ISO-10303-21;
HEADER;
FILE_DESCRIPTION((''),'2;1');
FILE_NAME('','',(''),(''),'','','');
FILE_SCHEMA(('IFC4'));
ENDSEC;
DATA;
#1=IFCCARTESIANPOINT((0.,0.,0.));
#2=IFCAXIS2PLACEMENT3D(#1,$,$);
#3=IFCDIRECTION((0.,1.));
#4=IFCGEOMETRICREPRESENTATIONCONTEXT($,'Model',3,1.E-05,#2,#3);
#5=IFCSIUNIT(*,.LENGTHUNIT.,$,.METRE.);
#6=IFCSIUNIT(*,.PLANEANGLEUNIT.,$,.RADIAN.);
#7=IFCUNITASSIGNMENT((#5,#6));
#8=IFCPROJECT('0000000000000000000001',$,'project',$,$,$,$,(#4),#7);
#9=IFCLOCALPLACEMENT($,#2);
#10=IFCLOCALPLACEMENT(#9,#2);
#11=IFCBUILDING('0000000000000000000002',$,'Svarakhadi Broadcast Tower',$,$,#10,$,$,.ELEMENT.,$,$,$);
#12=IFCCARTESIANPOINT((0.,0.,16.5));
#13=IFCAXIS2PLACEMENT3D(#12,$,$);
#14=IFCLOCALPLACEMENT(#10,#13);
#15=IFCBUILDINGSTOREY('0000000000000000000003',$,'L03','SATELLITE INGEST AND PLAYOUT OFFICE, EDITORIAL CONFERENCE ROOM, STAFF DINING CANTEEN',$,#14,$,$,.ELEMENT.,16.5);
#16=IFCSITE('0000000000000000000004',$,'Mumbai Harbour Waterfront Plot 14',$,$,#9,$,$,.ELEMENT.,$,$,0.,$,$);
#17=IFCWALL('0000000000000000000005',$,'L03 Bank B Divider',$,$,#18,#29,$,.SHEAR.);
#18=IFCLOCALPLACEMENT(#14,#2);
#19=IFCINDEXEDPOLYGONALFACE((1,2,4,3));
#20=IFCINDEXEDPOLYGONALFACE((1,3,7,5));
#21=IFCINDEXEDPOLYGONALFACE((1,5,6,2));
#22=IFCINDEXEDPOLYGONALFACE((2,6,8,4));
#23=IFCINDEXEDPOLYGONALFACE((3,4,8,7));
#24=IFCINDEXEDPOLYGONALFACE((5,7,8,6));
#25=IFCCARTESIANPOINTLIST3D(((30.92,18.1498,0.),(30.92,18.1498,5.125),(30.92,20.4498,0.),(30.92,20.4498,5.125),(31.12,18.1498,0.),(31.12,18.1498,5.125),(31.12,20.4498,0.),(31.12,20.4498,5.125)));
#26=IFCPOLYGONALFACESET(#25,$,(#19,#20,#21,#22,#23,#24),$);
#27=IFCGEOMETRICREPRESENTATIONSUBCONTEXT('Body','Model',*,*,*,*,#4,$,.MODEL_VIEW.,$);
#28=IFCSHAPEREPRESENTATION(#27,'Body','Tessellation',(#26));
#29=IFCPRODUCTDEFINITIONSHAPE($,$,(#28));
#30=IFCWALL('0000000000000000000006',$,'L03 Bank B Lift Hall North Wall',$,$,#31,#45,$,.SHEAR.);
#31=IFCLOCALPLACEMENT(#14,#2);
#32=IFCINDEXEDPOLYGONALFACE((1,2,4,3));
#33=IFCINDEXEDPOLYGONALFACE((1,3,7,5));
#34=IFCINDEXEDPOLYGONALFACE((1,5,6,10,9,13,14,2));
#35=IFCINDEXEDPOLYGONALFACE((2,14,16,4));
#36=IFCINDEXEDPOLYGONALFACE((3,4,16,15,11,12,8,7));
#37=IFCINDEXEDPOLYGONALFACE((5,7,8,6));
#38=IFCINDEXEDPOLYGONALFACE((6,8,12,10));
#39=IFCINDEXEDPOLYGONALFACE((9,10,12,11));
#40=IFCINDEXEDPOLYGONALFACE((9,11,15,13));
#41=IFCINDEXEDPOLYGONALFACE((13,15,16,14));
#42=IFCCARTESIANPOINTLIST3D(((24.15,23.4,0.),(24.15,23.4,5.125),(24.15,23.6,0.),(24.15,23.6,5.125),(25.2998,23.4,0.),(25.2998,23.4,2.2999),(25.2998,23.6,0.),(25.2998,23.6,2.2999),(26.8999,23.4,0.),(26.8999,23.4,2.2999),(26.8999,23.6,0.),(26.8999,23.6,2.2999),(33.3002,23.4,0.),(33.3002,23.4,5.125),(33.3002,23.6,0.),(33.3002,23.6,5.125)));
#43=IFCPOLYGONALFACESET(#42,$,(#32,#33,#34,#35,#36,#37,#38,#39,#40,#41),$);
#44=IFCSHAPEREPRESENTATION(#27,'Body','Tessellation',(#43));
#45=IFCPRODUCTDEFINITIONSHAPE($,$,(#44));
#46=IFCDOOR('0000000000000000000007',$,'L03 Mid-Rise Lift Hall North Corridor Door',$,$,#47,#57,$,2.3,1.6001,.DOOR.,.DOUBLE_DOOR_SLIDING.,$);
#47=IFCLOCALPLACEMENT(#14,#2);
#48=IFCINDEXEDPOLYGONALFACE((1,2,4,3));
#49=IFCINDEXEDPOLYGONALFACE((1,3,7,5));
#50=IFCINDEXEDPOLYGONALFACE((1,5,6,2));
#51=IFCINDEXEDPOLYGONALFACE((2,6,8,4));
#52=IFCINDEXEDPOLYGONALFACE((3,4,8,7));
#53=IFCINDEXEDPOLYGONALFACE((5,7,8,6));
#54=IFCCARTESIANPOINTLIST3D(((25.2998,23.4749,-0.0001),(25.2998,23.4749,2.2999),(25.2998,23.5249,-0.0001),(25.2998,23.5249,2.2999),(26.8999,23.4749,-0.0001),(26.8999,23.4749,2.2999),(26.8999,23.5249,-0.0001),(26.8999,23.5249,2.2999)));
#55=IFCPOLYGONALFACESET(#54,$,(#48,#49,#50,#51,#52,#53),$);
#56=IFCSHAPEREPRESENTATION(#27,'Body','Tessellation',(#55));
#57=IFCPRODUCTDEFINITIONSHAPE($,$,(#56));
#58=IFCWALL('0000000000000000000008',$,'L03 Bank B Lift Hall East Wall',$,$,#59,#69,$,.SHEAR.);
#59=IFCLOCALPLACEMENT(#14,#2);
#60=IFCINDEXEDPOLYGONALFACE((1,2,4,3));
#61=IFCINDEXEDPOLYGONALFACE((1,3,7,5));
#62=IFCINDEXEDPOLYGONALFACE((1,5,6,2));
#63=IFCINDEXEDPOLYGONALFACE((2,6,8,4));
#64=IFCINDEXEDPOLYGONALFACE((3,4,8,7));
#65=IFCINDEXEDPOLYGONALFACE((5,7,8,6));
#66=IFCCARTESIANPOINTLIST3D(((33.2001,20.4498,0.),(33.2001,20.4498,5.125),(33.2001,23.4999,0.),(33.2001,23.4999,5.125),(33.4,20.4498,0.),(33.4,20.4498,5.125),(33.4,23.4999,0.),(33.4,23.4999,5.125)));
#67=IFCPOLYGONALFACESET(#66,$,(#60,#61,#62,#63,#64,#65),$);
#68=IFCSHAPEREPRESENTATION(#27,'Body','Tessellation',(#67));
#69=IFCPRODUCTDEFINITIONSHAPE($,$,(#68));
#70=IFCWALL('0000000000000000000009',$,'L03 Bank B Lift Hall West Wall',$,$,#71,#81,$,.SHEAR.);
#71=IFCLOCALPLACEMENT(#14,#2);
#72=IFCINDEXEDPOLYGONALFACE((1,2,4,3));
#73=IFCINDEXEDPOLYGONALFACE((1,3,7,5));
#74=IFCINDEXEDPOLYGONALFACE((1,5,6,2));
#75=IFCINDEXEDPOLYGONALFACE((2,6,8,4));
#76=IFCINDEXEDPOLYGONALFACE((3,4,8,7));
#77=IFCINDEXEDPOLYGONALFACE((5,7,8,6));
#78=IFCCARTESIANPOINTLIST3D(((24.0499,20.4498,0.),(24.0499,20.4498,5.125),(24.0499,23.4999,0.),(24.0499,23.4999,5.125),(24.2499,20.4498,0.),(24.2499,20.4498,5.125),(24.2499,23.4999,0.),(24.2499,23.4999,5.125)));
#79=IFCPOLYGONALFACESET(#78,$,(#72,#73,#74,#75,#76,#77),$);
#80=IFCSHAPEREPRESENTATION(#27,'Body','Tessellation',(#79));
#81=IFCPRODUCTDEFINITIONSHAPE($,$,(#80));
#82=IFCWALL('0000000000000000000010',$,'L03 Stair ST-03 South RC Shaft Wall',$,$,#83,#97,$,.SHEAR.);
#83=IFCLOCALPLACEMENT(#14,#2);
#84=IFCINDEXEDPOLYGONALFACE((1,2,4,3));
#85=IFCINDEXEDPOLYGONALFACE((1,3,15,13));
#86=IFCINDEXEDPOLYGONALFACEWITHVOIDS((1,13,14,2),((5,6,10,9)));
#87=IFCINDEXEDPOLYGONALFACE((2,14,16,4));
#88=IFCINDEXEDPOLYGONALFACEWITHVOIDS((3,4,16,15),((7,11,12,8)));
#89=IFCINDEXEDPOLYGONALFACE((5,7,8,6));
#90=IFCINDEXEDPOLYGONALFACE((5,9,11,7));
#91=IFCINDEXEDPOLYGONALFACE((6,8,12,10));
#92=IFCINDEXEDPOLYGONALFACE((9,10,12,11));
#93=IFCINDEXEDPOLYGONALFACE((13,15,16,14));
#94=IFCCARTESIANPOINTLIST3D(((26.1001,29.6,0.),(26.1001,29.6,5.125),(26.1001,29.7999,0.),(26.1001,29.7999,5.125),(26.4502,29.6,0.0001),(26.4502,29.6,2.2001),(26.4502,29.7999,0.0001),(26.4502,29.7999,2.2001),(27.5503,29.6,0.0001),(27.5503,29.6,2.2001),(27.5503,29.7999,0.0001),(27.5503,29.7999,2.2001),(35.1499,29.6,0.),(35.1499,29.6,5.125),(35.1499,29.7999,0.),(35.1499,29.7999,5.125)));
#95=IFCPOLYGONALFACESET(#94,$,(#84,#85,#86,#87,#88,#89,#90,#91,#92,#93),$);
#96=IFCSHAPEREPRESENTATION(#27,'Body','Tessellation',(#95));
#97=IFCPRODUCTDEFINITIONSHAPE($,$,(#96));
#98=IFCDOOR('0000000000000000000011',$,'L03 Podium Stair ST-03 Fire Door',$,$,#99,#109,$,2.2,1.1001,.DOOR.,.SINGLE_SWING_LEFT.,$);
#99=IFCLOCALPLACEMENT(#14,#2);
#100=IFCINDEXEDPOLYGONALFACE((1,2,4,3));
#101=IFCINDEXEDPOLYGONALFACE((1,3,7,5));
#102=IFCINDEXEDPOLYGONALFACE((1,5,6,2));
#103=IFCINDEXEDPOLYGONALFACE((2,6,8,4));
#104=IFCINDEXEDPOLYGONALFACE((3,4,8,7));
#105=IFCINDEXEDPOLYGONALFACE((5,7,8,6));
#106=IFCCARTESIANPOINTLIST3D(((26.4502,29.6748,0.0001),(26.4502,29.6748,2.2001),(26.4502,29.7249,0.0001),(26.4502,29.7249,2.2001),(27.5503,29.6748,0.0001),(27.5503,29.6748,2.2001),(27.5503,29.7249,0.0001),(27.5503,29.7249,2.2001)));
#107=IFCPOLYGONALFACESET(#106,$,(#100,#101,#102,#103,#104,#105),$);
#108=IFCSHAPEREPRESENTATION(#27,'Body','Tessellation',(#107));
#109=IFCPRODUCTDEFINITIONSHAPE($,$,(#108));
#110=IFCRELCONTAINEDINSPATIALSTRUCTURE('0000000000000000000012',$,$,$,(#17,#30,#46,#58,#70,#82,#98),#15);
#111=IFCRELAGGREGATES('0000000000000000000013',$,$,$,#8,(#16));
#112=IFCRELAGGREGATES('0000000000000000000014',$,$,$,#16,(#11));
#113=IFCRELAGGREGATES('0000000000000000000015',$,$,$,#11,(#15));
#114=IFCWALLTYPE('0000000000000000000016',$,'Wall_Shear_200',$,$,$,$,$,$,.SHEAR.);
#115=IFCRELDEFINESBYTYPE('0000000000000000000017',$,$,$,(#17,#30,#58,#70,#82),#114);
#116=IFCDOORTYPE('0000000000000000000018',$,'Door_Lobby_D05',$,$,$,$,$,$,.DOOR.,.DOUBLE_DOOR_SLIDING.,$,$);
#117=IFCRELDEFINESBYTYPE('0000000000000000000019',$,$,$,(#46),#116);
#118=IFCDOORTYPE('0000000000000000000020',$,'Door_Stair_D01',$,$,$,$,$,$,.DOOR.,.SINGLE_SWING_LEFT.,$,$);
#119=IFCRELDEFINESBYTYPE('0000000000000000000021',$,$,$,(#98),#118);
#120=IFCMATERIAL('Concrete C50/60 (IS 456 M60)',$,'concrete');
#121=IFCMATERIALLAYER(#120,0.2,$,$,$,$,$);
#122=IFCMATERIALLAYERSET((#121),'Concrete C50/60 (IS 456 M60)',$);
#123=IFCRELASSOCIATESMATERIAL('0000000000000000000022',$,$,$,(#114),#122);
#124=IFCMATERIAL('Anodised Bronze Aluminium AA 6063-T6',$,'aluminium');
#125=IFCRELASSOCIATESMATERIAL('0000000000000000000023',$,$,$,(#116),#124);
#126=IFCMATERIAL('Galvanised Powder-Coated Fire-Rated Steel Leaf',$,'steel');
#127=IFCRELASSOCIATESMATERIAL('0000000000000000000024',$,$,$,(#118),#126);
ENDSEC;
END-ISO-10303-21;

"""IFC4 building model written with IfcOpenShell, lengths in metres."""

from ifc_helpers import new_model, si_unit, direction, frame, frame_2d, origin, place, context, subcontext, project, spatial, rectangle, extrude, material, layer, layer_set, type_object, element, fill, save


model = new_model("IFC4")

# Units and contexts
model_context = context("Model", 3, precision=1e-05, world=origin(), true_north=direction((0.0, 1.0)))
body_context = subcontext(model_context, "Body", "Model", "MODEL_VIEW")
ifc_project = project(units=[si_unit("LENGTHUNIT", "METRE"), si_unit("PLANEANGLEUNIT", "RADIAN")], contexts=[model_context])

# Site, building, storey
site_placement = place(None, origin())
site = spatial("IfcSite", under=ifc_project, at=site_placement, Name="Mumbai Harbour Waterfront Plot 14", CompositionType="ELEMENT", RefElevation=0.0)
building_placement = place(site_placement, origin())
building = spatial("IfcBuilding", under=site, at=building_placement, Name="Svarakhadi Broadcast Tower", CompositionType="ELEMENT")
storey_placement = place(building_placement, frame((0.0, 0.0, 16.5)))
storey = spatial("IfcBuildingStorey", under=building, at=storey_placement, Name="L03", Description="SATELLITE INGEST AND PLAYOUT OFFICE, EDITORIAL CONFERENCE ROOM, STAFF DINING CANTEEN", CompositionType="ELEMENT", Elevation=16.5)

# Wall
ifc_material_1 = material(Name="Concrete C50/60 (IS 456 M60)", Category="concrete")
ifc_layer_1 = layer(ifc_material_1, 0.2)
ifc_layer_set_1 = layer_set([ifc_layer_1], Name="Concrete C50/60 (IS 456 M60)")
wall_type_1 = type_object("IfcWallType", Name="Wall_Shear_200", PredefinedType="SHEAR", material=ifc_layer_set_1)
for number, where, z_axis, x_axis, name in (
    (1, (31.02, 18.1499, 0.0), (0.0, 0.0, 1.0), (0.0, 1.0, 0.0), "L03 Bank B Divider"),
):
    element("IfcWall", number, at=place(storey_placement, frame(where, z_axis=z_axis, x_axis=x_axis)), inside=storey, type_object=wall_type_1, Name=name, PredefinedType="SHEAR", context=body_context, shape_type="SweptSolid", body=[
        extrude(rectangle(XDim=2.3, YDim=0.2, at=frame_2d((1.1499, 0.0))), origin(), (0.0, 0.0, 1.0), 5.125),
    ])

# Wall, opening, door
wall_1_placement = place(storey_placement, frame((24.1499, 23.5, 0.0), z_axis=(0.0, 0.0, 1.0), x_axis=(1.0, 0.0, 0.0)))
wall_1 = element("IfcWall", 2, at=wall_1_placement, inside=storey, type_object=wall_type_1, Name="L03 Bank B Lift Hall North Wall", PredefinedType="SHEAR", context=body_context, shape_type="SweptSolid", body=[
    extrude(rectangle(XDim=9.1501, YDim=0.2, at=frame_2d((4.5752, 0.0))), origin(), (0.0, 0.0, 1.0), 5.125),
])
opening_1_placement = place(wall_1_placement, frame((1.1499, 0.0, 0.0)))
opening_1 = element("IfcOpeningElement", 3, at=opening_1_placement, cuts=wall_1, PredefinedType="OPENING", context=body_context, shape_type="SweptSolid", body=[
    extrude(rectangle(XDim=1.6001, YDim=2.3, at=frame_2d((0.8, 1.1499))), frame((0.0, 0.1099, 0.0), z_axis=(0.0, -1.0, 0.0), x_axis=(1.0, 0.0, 0.0)), (0.0, 0.0, 1.0), 0.22),
])
ifc_material_2 = material(Name="Anodised Bronze Aluminium AA 6063-T6", Category="aluminium")
door_type_1 = type_object("IfcDoorType", Name="Door_Lobby_D05", OperationType="DOUBLE_DOOR_SLIDING", PredefinedType="DOOR", material=ifc_material_2)
door_1_placement = place(opening_1_placement, origin())
door_1 = element("IfcDoor", 4, at=door_1_placement, inside=storey, type_object=door_type_1, Name="L03 Mid-Rise Lift Hall North Corridor Door", OperationType="DOUBLE_DOOR_SLIDING", OverallHeight=2.3, OverallWidth=1.6001, PredefinedType="DOOR", context=body_context, shape_type="SweptSolid", body=[
    extrude(rectangle(XDim=1.6001, YDim=2.3, at=frame_2d((0.8, 1.1499))), frame((0.0, 0.0249, 0.0), z_axis=(0.0, -1.0, 0.0), x_axis=(1.0, 0.0, 0.0)), (0.0, 0.0, 1.0), 0.05),
])
fill(opening_1, door_1)

# Walls
for number, where, z_axis, x_axis, name in (
    (5, (33.3, 20.45, 0.0), (0.0, 0.0, 1.0), (0.0, 1.0, 0.0), "L03 Bank B Lift Hall East Wall"),
    (6, (24.1499, 20.45, 0.0), (0.0, 0.0, 1.0), (0.0, 1.0, 0.0), "L03 Bank B Lift Hall West Wall"),
):
    element("IfcWall", number, at=place(storey_placement, frame(where, z_axis=z_axis, x_axis=x_axis)), inside=storey, type_object=wall_type_1, Name=name, PredefinedType="SHEAR", context=body_context, shape_type="SweptSolid", body=[
        extrude(rectangle(XDim=3.05, YDim=0.2, at=frame_2d((1.5249, 0.0))), origin(), (0.0, 0.0, 1.0), 5.125),
    ])

# Wall, opening, door
wall_2_placement = place(storey_placement, frame((26.1001, 29.7, 0.0), z_axis=(0.0, 0.0, 1.0), x_axis=(1.0, 0.0, 0.0)))
wall_2 = element("IfcWall", 7, at=wall_2_placement, inside=storey, type_object=wall_type_1, Name="L03 Stair ST-03 South RC Shaft Wall", PredefinedType="SHEAR", context=body_context, shape_type="SweptSolid", body=[
    extrude(rectangle(XDim=9.0498, YDim=0.2, at=frame_2d((4.5249, 0.0))), origin(), (0.0, 0.0, 1.0), 5.125),
])
opening_2_placement = place(wall_2_placement, frame((0.3501, 0.0, 0.0)))
opening_2 = element("IfcOpeningElement", 8, at=opening_2_placement, cuts=wall_2, PredefinedType="OPENING", context=body_context, shape_type="SweptSolid", body=[
    extrude(rectangle(XDim=1.1001, YDim=2.2, at=frame_2d((0.55, 1.1001))), frame((0.0, 0.1099, 0.0), z_axis=(0.0, -1.0, 0.0), x_axis=(1.0, 0.0, 0.0)), (0.0, 0.0, 1.0), 0.22),
])
ifc_material_3 = material(Name="Galvanised Powder-Coated Fire-Rated Steel Leaf", Category="steel")
door_type_2 = type_object("IfcDoorType", Name="Door_Stair_D01", OperationType="SINGLE_SWING_LEFT", PredefinedType="DOOR", material=ifc_material_3)
door_2_placement = place(opening_2_placement, origin())
door_2 = element("IfcDoor", 9, at=door_2_placement, inside=storey, type_object=door_type_2, Name="L03 Podium Stair ST-03 Fire Door", OperationType="SINGLE_SWING_LEFT", OverallHeight=2.2, OverallWidth=1.1001, PredefinedType="DOOR", context=body_context, shape_type="SweptSolid", body=[
    extrude(rectangle(XDim=1.1001, YDim=2.2, at=frame_2d((0.55, 1.1001))), frame((0.0, 0.0249, 0.0), z_axis=(0.0, -1.0, 0.0), x_axis=(1.0, 0.0, 0.0)), (0.0, 0.0, 1.0), 0.05),
])
fill(opening_2, door_2)

save(model, "model.ifc")
